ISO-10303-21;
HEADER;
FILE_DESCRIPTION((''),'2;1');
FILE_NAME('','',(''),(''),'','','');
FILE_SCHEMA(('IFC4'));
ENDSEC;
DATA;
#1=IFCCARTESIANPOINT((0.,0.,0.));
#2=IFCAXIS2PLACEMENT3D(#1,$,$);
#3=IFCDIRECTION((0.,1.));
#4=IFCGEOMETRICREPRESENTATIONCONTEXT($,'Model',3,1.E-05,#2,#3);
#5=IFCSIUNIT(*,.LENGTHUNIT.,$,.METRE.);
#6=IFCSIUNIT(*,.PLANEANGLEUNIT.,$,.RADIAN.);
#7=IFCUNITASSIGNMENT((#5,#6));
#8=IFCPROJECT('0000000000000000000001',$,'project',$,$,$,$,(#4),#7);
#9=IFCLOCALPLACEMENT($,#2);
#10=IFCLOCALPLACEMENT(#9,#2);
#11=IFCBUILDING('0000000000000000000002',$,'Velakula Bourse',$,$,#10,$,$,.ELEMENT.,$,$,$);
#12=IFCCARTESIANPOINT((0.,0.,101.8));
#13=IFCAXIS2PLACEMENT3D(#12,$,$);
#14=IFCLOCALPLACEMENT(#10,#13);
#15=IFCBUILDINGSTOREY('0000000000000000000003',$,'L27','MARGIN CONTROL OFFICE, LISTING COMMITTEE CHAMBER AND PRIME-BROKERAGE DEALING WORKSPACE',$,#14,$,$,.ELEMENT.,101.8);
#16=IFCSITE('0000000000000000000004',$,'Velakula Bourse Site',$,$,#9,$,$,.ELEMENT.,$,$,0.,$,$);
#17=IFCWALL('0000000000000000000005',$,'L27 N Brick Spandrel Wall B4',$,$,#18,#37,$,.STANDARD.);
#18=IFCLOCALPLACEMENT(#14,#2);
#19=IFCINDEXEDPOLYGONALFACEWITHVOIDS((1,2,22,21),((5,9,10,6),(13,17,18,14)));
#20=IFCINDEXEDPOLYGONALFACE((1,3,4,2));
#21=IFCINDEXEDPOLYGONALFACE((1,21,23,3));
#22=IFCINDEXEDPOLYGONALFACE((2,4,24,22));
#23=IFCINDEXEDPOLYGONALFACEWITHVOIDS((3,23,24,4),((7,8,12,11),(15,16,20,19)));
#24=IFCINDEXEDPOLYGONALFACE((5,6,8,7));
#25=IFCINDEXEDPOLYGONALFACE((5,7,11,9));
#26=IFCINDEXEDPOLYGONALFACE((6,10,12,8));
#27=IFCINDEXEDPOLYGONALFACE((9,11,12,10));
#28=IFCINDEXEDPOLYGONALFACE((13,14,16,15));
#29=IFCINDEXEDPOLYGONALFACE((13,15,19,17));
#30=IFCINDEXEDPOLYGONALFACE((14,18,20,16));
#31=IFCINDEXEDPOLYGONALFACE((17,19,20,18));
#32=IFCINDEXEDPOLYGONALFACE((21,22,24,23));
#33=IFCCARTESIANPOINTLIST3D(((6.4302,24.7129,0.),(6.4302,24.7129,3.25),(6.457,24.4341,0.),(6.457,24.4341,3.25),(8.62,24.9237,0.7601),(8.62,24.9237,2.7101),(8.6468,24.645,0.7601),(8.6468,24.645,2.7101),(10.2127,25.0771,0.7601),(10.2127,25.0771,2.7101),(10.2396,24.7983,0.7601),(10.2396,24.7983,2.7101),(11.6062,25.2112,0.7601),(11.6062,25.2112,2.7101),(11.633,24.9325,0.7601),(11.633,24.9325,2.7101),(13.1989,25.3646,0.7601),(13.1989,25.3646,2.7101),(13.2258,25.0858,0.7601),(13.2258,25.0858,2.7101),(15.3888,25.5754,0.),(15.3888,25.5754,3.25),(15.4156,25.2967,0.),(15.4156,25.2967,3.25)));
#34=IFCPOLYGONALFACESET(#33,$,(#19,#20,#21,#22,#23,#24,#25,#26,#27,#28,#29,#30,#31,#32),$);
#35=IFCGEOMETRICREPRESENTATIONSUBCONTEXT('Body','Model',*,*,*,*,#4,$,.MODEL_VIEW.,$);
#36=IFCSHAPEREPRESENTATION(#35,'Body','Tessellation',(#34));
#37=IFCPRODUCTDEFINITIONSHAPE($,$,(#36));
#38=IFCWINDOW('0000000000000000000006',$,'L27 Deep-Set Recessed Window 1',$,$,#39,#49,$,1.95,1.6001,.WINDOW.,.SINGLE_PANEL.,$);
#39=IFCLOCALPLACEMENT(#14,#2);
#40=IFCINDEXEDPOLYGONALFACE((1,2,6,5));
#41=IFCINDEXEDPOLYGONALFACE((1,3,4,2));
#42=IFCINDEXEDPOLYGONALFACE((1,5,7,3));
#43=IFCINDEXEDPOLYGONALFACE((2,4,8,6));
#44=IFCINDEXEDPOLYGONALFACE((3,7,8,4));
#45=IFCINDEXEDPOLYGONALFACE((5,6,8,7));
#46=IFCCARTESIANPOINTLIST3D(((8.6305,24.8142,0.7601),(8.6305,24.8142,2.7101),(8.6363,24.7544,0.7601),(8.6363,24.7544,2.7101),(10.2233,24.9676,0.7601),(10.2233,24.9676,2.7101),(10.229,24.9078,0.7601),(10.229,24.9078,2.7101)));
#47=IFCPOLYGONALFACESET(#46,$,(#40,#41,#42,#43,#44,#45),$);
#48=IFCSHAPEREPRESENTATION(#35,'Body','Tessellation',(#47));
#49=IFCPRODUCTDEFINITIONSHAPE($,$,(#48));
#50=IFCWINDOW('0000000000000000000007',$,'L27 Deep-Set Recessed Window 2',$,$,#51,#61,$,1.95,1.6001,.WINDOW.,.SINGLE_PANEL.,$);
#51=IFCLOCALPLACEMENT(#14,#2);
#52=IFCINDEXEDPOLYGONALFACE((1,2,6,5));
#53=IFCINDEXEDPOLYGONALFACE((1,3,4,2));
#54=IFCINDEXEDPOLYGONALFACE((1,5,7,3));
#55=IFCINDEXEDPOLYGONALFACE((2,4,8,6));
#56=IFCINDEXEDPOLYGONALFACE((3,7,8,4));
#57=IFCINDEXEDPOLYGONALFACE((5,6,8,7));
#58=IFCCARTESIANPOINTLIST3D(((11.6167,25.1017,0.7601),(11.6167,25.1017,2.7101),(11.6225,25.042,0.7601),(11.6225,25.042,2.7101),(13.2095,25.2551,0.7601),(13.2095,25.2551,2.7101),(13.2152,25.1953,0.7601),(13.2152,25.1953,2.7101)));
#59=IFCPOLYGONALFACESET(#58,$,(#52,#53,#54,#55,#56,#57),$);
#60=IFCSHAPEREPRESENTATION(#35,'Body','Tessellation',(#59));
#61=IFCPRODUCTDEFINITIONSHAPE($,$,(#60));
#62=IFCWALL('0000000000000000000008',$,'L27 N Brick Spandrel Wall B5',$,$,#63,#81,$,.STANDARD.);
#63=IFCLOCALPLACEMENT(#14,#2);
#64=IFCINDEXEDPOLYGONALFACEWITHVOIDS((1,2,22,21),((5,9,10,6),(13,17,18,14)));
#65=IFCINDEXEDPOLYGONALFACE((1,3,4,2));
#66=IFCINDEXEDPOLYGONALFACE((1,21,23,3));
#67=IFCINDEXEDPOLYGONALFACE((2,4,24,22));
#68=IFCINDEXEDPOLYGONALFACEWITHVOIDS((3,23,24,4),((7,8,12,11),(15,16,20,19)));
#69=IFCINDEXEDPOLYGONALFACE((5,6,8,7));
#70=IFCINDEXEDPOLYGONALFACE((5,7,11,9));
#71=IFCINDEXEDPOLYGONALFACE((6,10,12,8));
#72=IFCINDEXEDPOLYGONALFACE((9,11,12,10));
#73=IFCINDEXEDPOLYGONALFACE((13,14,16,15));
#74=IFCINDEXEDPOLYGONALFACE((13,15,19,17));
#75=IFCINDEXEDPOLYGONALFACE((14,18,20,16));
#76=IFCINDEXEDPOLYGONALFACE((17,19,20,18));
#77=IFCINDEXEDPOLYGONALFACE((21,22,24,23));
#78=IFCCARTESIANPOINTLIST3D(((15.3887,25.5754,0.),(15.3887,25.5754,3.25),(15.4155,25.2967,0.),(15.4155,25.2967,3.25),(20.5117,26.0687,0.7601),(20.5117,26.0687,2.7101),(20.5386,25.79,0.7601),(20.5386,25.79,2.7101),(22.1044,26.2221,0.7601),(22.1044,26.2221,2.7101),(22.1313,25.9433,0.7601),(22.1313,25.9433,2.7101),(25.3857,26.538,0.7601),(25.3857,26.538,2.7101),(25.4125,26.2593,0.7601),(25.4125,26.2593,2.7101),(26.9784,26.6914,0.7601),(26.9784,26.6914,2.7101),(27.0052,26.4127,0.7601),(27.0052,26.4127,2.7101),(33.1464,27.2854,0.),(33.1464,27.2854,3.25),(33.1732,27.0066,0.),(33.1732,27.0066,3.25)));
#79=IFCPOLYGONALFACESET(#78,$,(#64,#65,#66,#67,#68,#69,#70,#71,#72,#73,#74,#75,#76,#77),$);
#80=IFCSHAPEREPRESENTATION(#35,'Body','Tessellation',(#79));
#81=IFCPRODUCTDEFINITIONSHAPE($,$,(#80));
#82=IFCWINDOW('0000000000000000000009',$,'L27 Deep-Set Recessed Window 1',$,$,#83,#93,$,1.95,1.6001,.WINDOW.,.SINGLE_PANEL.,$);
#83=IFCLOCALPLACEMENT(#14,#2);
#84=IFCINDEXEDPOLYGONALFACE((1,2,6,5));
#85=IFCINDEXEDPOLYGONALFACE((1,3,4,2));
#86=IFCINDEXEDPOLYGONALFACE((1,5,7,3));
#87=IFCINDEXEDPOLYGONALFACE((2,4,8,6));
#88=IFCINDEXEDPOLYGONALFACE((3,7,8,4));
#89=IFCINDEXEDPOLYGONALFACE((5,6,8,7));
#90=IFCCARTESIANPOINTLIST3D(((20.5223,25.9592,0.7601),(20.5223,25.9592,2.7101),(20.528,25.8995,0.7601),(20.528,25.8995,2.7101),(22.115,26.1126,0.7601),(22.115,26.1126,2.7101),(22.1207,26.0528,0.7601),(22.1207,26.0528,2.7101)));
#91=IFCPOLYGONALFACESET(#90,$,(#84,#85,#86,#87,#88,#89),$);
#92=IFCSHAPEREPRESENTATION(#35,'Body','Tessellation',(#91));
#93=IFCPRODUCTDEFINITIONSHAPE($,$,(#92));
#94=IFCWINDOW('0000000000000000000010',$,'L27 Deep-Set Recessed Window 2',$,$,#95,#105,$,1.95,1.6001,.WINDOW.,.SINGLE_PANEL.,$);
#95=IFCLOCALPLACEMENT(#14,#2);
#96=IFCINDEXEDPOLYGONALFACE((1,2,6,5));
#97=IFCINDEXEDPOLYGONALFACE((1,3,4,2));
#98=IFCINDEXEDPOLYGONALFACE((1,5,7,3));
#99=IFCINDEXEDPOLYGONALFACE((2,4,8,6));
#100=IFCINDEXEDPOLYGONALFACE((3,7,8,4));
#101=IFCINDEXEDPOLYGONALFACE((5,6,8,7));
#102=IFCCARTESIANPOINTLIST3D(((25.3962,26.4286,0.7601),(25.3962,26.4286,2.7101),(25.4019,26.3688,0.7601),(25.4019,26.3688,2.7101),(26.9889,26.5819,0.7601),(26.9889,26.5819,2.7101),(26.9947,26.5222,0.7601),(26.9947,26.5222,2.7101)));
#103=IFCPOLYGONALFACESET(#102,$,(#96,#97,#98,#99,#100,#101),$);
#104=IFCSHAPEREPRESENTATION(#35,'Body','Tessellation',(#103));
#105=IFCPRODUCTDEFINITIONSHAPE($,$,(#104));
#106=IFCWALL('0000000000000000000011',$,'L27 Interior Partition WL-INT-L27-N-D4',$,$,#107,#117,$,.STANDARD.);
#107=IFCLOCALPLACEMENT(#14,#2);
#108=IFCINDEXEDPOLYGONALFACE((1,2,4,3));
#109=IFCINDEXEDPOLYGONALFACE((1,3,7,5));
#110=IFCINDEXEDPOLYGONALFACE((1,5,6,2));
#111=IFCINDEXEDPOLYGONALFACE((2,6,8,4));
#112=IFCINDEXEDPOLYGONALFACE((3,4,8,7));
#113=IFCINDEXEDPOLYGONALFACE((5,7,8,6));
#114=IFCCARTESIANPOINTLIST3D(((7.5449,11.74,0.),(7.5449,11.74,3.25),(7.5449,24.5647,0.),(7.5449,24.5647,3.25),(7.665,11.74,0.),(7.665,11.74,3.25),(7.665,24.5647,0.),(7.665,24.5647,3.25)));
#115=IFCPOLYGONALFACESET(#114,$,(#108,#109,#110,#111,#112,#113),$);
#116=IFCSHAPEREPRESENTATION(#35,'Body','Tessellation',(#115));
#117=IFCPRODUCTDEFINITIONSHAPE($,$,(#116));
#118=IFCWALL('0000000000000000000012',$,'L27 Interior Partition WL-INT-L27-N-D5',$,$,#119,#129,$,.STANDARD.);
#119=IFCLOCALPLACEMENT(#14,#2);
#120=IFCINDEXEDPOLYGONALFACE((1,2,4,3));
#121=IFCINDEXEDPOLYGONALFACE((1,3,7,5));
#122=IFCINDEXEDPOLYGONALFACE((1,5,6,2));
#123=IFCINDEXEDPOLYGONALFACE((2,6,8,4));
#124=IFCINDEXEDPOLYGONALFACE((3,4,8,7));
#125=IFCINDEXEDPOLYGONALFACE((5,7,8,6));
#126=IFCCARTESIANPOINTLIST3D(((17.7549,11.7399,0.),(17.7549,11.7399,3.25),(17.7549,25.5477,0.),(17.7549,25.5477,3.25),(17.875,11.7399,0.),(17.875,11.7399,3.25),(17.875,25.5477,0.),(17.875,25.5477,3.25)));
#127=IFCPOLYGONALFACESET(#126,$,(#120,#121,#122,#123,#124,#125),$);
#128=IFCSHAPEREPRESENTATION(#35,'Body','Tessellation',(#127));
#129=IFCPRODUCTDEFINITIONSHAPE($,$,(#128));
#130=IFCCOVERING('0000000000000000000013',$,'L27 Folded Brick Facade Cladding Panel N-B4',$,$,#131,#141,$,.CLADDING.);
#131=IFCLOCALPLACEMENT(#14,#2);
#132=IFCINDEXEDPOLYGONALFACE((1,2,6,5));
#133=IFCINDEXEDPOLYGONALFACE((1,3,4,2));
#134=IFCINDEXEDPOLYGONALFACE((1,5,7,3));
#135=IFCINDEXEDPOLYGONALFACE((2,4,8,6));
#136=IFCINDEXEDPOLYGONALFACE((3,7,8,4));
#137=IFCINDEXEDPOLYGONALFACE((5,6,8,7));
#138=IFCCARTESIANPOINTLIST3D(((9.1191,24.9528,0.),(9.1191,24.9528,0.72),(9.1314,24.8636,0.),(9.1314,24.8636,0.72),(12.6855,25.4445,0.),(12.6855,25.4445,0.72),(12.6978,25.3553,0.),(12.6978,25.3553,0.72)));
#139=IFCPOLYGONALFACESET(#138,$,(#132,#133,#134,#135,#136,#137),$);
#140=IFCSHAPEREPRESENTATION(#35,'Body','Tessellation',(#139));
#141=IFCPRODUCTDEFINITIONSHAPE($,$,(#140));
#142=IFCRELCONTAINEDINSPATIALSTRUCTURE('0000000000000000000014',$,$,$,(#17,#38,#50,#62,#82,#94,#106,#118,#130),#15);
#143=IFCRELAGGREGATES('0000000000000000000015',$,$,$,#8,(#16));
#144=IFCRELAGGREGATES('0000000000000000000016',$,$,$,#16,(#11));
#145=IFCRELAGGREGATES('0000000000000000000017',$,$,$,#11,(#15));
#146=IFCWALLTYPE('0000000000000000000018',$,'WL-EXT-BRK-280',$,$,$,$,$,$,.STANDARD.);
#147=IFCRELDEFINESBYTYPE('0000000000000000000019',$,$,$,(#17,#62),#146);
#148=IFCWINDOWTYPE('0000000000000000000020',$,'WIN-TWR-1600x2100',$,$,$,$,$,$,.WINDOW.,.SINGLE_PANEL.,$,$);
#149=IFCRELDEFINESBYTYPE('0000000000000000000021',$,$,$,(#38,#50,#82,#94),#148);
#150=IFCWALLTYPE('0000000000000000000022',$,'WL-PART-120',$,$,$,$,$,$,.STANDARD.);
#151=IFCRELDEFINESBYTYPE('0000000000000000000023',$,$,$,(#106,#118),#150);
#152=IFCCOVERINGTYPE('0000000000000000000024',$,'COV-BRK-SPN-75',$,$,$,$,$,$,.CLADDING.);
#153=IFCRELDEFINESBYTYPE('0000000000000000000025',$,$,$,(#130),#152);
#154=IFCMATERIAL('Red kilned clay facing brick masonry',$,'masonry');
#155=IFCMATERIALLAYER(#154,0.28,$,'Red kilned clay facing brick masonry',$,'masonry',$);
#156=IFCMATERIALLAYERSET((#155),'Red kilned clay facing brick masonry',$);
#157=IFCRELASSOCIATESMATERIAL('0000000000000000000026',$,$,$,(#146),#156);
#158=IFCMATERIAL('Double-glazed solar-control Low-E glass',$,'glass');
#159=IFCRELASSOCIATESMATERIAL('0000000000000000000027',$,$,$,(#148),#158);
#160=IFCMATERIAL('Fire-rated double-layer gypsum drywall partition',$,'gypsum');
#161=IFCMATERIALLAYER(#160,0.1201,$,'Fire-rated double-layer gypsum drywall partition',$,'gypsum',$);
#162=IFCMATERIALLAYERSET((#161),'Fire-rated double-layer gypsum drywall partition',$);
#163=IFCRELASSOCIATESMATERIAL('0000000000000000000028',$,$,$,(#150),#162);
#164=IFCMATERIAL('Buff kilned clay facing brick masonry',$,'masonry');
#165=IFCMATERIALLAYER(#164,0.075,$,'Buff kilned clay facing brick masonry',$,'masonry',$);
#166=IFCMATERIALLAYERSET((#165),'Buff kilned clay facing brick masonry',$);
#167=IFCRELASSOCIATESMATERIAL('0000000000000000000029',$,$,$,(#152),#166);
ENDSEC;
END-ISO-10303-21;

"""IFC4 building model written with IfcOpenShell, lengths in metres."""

from ifc_helpers import new_model, si_unit, direction, frame, frame_2d, origin, origin_2d, place, context, subcontext, project, spatial, rectangle, extrude, material, layer, layer_set, type_object, element, fill, save


model = new_model("IFC4")

# Units and contexts
model_context = context("Model", 3, precision=1e-05, world=origin(), true_north=direction((0.0, 1.0)))
body_context = subcontext(model_context, "Body", "Model", "MODEL_VIEW")
ifc_project = project(units=[si_unit("LENGTHUNIT", "METRE"), si_unit("PLANEANGLEUNIT", "RADIAN")], contexts=[model_context])

# Site, building, storey
site_placement = place(None, origin())
site = spatial("IfcSite", under=ifc_project, at=site_placement, Name="Velakula Bourse Site", CompositionType="ELEMENT", RefElevation=0.0)
building_placement = place(site_placement, origin())
building = spatial("IfcBuilding", under=site, at=building_placement, Name="Velakula Bourse", CompositionType="ELEMENT")
storey_placement = place(building_placement, frame((0.0, 0.0, 101.8)))
storey = spatial("IfcBuildingStorey", under=building, at=storey_placement, Name="L27", Description="MARGIN CONTROL OFFICE, LISTING COMMITTEE CHAMBER AND PRIME-BROKERAGE DEALING WORKSPACE", CompositionType="ELEMENT", Elevation=101.8)

# Walls, openings, windows
ifc_material_1 = material(Name="Red kilned clay facing brick masonry", Category="masonry")
ifc_layer_1 = layer(ifc_material_1, 0.28, Name="Red kilned clay facing brick masonry", Category="masonry")
ifc_layer_set_1 = layer_set([ifc_layer_1], Name="Red kilned clay facing brick masonry")
wall_type_1 = type_object("IfcWallType", Name="WL-EXT-BRK-280", PredefinedType="STANDARD", material=ifc_layer_set_1)
wall_1_placement = place(storey_placement, frame((6.4436, 24.5735, 0.0), z_axis=(0.0, 0.0, 1.0), x_axis=(0.995397, 0.09584, 0.0)))
wall_1 = element("IfcWall", 1, at=wall_1_placement, inside=storey, type_object=wall_type_1, Name="L27 N Brick Spandrel Wall B4", PredefinedType="STANDARD", context=body_context, shape_type="SweptSolid", body=[
    extrude(rectangle(XDim=9.0, YDim=0.28, at=frame_2d((4.5, 0.0))), origin(), (0.0, 0.0, 1.0), 3.25),
])
opening_1_placement = place(wall_1_placement, frame((2.2, 0.0, 0.76)))
opening_1 = element("IfcOpeningElement", 2, at=opening_1_placement, cuts=wall_1, PredefinedType="OPENING", context=body_context, shape_type="SweptSolid", body=[
    extrude(rectangle(XDim=1.6001, YDim=1.95, at=frame_2d((0.8, 0.9751))), frame((0.0, 0.1499, 0.0), z_axis=(0.0, -1.0, 0.0), x_axis=(1.0, 0.0, 0.0)), (0.0, 0.0, 1.0), 0.3),
])
opening_2_placement = place(wall_1_placement, frame((5.2, 0.0, 0.76)))
opening_2 = element("IfcOpeningElement", 3, at=opening_2_placement, cuts=wall_1, PredefinedType="OPENING", context=body_context, shape_type="SweptSolid", body=[
    extrude(rectangle(XDim=1.6001, YDim=1.95, at=frame_2d((0.8, 0.9751))), frame((0.0, 0.1499, 0.0), z_axis=(0.0, -1.0, 0.0), x_axis=(1.0, 0.0, 0.0)), (0.0, 0.0, 1.0), 0.3),
])
ifc_material_2 = material(Name="Double-glazed solar-control Low-E glass", Category="glass")
window_type = type_object("IfcWindowType", Name="WIN-TWR-1600x2100", PartitioningType="SINGLE_PANEL", PredefinedType="WINDOW", material=ifc_material_2)
window_1_placement = place(opening_1_placement, origin())
window_1 = element("IfcWindow", 4, at=window_1_placement, inside=storey, type_object=window_type, Name="L27 Deep-Set Recessed Window 1", OverallHeight=1.95, OverallWidth=1.6001, PartitioningType="SINGLE_PANEL", PredefinedType="WINDOW", context=body_context, shape_type="SweptSolid", body=[
    extrude(rectangle(XDim=1.6001, YDim=1.95, at=frame_2d((0.8, 0.9751))), frame((0.0, 0.03, 0.0), z_axis=(0.0, -1.0, 0.0), x_axis=(1.0, 0.0, 0.0)), (0.0, 0.0, 1.0), 0.0601),
])
fill(opening_1, window_1)
window_2_placement = place(opening_2_placement, origin())
window_2 = element("IfcWindow", 5, at=window_2_placement, inside=storey, type_object=window_type, Name="L27 Deep-Set Recessed Window 2", OverallHeight=1.95, OverallWidth=1.6001, PartitioningType="SINGLE_PANEL", PredefinedType="WINDOW", context=body_context, shape_type="SweptSolid", body=[
    extrude(rectangle(XDim=1.6001, YDim=1.95, at=frame_2d((0.8, 0.9751))), frame((0.0, 0.03, 0.0), z_axis=(0.0, -1.0, 0.0), x_axis=(1.0, 0.0, 0.0)), (0.0, 0.0, 1.0), 0.0601),
])
fill(opening_2, window_2)
wall_2_placement = place(storey_placement, frame((15.4021, 25.436, 0.0), z_axis=(0.0, 0.0, 1.0), x_axis=(0.995396, 0.09585, 0.0)))
wall_2 = element("IfcWall", 6, at=wall_2_placement, inside=storey, type_object=wall_type_1, Name="L27 N Brick Spandrel Wall B5", PredefinedType="STANDARD", context=body_context, shape_type="SweptSolid", body=[
    extrude(rectangle(XDim=17.8398, YDim=0.28, at=frame_2d((8.9199, 0.0))), origin(), (0.0, 0.0, 1.0), 3.25),
])
opening_3_placement = place(wall_2_placement, frame((5.1467, 0.0, 0.76)))
opening_3 = element("IfcOpeningElement", 7, at=opening_3_placement, cuts=wall_2, PredefinedType="OPENING", context=body_context, shape_type="SweptSolid", body=[
    extrude(rectangle(XDim=1.6001, YDim=1.95, at=frame_2d((0.8, 0.9751))), frame((0.0, 0.1499, 0.0), z_axis=(0.0, -1.0, 0.0), x_axis=(1.0, 0.0, 0.0)), (0.0, 0.0, 1.0), 0.3),
])
opening_4_placement = place(wall_2_placement, frame((10.0432, 0.0, 0.76)))
opening_4 = element("IfcOpeningElement", 8, at=opening_4_placement, cuts=wall_2, PredefinedType="OPENING", context=body_context, shape_type="SweptSolid", body=[
    extrude(rectangle(XDim=1.6001, YDim=1.95, at=frame_2d((0.8, 0.9751))), frame((0.0, 0.1499, 0.0), z_axis=(0.0, -1.0, 0.0), x_axis=(1.0, 0.0, 0.0)), (0.0, 0.0, 1.0), 0.3),
])
window_3_placement = place(opening_3_placement, origin())
window_3 = element("IfcWindow", 9, at=window_3_placement, inside=storey, type_object=window_type, Name="L27 Deep-Set Recessed Window 1", OverallHeight=1.95, OverallWidth=1.6001, PartitioningType="SINGLE_PANEL", PredefinedType="WINDOW", context=body_context, shape_type="SweptSolid", body=[
    extrude(rectangle(XDim=1.6001, YDim=1.95, at=frame_2d((0.8, 0.9751))), frame((0.0, 0.03, 0.0), z_axis=(0.0, -1.0, 0.0), x_axis=(1.0, 0.0, 0.0)), (0.0, 0.0, 1.0), 0.0601),
])
fill(opening_3, window_3)
window_4_placement = place(opening_4_placement, origin())
window_4 = element("IfcWindow", 10, at=window_4_placement, inside=storey, type_object=window_type, Name="L27 Deep-Set Recessed Window 2", OverallHeight=1.95, OverallWidth=1.6001, PartitioningType="SINGLE_PANEL", PredefinedType="WINDOW", context=body_context, shape_type="SweptSolid", body=[
    extrude(rectangle(XDim=1.6001, YDim=1.95, at=frame_2d((0.8, 0.9751))), frame((0.0, 0.03, 0.0), z_axis=(0.0, -1.0, 0.0), x_axis=(1.0, 0.0, 0.0)), (0.0, 0.0, 1.0), 0.0601),
])
fill(opening_4, window_4)

# Walls
ifc_material_3 = material(Name="Fire-rated double-layer gypsum drywall partition", Category="gypsum")
ifc_layer_2 = layer(ifc_material_3, 0.1201, Name="Fire-rated double-layer gypsum drywall partition", Category="gypsum")
ifc_layer_set_2 = layer_set([ifc_layer_2], Name="Fire-rated double-layer gypsum drywall partition")
wall_type_2 = type_object("IfcWallType", Name="WL-PART-120", PredefinedType="STANDARD", material=ifc_layer_set_2)
wall_3_placement = place(storey_placement, frame((7.605, 11.74, 0.0), z_axis=(0.0, 0.0, 1.0), x_axis=(0.0, 1.0, 0.0)))
element("IfcWall", 11, at=wall_3_placement, inside=storey, type_object=wall_type_2, Name="L27 Interior Partition WL-INT-L27-N-D4", PredefinedType="STANDARD", context=body_context, shape_type="SweptSolid", body=[
    extrude(rectangle(XDim=12.8247, YDim=0.1201, at=frame_2d((6.4124, 0.0))), origin(), (0.0, 0.0, 1.0), 3.25),
])
wall_4_placement = place(storey_placement, frame((17.8149, 11.74, 0.0), z_axis=(0.0, 0.0, 1.0), x_axis=(0.0, 1.0, 0.0)))
element("IfcWall", 12, at=wall_4_placement, inside=storey, type_object=wall_type_2, Name="L27 Interior Partition WL-INT-L27-N-D5", PredefinedType="STANDARD", context=body_context, shape_type="SweptSolid", body=[
    extrude(rectangle(XDim=13.8079, YDim=0.1201, at=frame_2d((6.9038, 0.0))), origin(), (0.0, 0.0, 1.0), 3.25),
])

# Covering
ifc_material_4 = material(Name="Buff kilned clay facing brick masonry", Category="masonry")
ifc_layer_3 = layer(ifc_material_4, 0.075, Name="Buff kilned clay facing brick masonry", Category="masonry")
ifc_layer_set_3 = layer_set([ifc_layer_3], Name="Buff kilned clay facing brick masonry")
covering_type = type_object("IfcCoveringType", Name="COV-BRK-SPN-75", PredefinedType="CLADDING", material=ifc_layer_set_3)
covering_placement = place(storey_placement, frame((10.9084, 25.1541, 0.0), z_axis=(0.0, 0.0, 1.0), x_axis=(0.990629, 0.13658, 0.0)))
element("IfcCovering", 13, at=covering_placement, inside=storey, type_object=covering_type, Name="L27 Folded Brick Facade Cladding Panel N-B4", PredefinedType="CLADDING", context=body_context, shape_type="SweptSolid", body=[
    extrude(rectangle(XDim=3.6001, YDim=0.0901, at=origin_2d()), origin(), (0.0, 0.0, 1.0), 0.72),
])

save(model, "model.ifc")
